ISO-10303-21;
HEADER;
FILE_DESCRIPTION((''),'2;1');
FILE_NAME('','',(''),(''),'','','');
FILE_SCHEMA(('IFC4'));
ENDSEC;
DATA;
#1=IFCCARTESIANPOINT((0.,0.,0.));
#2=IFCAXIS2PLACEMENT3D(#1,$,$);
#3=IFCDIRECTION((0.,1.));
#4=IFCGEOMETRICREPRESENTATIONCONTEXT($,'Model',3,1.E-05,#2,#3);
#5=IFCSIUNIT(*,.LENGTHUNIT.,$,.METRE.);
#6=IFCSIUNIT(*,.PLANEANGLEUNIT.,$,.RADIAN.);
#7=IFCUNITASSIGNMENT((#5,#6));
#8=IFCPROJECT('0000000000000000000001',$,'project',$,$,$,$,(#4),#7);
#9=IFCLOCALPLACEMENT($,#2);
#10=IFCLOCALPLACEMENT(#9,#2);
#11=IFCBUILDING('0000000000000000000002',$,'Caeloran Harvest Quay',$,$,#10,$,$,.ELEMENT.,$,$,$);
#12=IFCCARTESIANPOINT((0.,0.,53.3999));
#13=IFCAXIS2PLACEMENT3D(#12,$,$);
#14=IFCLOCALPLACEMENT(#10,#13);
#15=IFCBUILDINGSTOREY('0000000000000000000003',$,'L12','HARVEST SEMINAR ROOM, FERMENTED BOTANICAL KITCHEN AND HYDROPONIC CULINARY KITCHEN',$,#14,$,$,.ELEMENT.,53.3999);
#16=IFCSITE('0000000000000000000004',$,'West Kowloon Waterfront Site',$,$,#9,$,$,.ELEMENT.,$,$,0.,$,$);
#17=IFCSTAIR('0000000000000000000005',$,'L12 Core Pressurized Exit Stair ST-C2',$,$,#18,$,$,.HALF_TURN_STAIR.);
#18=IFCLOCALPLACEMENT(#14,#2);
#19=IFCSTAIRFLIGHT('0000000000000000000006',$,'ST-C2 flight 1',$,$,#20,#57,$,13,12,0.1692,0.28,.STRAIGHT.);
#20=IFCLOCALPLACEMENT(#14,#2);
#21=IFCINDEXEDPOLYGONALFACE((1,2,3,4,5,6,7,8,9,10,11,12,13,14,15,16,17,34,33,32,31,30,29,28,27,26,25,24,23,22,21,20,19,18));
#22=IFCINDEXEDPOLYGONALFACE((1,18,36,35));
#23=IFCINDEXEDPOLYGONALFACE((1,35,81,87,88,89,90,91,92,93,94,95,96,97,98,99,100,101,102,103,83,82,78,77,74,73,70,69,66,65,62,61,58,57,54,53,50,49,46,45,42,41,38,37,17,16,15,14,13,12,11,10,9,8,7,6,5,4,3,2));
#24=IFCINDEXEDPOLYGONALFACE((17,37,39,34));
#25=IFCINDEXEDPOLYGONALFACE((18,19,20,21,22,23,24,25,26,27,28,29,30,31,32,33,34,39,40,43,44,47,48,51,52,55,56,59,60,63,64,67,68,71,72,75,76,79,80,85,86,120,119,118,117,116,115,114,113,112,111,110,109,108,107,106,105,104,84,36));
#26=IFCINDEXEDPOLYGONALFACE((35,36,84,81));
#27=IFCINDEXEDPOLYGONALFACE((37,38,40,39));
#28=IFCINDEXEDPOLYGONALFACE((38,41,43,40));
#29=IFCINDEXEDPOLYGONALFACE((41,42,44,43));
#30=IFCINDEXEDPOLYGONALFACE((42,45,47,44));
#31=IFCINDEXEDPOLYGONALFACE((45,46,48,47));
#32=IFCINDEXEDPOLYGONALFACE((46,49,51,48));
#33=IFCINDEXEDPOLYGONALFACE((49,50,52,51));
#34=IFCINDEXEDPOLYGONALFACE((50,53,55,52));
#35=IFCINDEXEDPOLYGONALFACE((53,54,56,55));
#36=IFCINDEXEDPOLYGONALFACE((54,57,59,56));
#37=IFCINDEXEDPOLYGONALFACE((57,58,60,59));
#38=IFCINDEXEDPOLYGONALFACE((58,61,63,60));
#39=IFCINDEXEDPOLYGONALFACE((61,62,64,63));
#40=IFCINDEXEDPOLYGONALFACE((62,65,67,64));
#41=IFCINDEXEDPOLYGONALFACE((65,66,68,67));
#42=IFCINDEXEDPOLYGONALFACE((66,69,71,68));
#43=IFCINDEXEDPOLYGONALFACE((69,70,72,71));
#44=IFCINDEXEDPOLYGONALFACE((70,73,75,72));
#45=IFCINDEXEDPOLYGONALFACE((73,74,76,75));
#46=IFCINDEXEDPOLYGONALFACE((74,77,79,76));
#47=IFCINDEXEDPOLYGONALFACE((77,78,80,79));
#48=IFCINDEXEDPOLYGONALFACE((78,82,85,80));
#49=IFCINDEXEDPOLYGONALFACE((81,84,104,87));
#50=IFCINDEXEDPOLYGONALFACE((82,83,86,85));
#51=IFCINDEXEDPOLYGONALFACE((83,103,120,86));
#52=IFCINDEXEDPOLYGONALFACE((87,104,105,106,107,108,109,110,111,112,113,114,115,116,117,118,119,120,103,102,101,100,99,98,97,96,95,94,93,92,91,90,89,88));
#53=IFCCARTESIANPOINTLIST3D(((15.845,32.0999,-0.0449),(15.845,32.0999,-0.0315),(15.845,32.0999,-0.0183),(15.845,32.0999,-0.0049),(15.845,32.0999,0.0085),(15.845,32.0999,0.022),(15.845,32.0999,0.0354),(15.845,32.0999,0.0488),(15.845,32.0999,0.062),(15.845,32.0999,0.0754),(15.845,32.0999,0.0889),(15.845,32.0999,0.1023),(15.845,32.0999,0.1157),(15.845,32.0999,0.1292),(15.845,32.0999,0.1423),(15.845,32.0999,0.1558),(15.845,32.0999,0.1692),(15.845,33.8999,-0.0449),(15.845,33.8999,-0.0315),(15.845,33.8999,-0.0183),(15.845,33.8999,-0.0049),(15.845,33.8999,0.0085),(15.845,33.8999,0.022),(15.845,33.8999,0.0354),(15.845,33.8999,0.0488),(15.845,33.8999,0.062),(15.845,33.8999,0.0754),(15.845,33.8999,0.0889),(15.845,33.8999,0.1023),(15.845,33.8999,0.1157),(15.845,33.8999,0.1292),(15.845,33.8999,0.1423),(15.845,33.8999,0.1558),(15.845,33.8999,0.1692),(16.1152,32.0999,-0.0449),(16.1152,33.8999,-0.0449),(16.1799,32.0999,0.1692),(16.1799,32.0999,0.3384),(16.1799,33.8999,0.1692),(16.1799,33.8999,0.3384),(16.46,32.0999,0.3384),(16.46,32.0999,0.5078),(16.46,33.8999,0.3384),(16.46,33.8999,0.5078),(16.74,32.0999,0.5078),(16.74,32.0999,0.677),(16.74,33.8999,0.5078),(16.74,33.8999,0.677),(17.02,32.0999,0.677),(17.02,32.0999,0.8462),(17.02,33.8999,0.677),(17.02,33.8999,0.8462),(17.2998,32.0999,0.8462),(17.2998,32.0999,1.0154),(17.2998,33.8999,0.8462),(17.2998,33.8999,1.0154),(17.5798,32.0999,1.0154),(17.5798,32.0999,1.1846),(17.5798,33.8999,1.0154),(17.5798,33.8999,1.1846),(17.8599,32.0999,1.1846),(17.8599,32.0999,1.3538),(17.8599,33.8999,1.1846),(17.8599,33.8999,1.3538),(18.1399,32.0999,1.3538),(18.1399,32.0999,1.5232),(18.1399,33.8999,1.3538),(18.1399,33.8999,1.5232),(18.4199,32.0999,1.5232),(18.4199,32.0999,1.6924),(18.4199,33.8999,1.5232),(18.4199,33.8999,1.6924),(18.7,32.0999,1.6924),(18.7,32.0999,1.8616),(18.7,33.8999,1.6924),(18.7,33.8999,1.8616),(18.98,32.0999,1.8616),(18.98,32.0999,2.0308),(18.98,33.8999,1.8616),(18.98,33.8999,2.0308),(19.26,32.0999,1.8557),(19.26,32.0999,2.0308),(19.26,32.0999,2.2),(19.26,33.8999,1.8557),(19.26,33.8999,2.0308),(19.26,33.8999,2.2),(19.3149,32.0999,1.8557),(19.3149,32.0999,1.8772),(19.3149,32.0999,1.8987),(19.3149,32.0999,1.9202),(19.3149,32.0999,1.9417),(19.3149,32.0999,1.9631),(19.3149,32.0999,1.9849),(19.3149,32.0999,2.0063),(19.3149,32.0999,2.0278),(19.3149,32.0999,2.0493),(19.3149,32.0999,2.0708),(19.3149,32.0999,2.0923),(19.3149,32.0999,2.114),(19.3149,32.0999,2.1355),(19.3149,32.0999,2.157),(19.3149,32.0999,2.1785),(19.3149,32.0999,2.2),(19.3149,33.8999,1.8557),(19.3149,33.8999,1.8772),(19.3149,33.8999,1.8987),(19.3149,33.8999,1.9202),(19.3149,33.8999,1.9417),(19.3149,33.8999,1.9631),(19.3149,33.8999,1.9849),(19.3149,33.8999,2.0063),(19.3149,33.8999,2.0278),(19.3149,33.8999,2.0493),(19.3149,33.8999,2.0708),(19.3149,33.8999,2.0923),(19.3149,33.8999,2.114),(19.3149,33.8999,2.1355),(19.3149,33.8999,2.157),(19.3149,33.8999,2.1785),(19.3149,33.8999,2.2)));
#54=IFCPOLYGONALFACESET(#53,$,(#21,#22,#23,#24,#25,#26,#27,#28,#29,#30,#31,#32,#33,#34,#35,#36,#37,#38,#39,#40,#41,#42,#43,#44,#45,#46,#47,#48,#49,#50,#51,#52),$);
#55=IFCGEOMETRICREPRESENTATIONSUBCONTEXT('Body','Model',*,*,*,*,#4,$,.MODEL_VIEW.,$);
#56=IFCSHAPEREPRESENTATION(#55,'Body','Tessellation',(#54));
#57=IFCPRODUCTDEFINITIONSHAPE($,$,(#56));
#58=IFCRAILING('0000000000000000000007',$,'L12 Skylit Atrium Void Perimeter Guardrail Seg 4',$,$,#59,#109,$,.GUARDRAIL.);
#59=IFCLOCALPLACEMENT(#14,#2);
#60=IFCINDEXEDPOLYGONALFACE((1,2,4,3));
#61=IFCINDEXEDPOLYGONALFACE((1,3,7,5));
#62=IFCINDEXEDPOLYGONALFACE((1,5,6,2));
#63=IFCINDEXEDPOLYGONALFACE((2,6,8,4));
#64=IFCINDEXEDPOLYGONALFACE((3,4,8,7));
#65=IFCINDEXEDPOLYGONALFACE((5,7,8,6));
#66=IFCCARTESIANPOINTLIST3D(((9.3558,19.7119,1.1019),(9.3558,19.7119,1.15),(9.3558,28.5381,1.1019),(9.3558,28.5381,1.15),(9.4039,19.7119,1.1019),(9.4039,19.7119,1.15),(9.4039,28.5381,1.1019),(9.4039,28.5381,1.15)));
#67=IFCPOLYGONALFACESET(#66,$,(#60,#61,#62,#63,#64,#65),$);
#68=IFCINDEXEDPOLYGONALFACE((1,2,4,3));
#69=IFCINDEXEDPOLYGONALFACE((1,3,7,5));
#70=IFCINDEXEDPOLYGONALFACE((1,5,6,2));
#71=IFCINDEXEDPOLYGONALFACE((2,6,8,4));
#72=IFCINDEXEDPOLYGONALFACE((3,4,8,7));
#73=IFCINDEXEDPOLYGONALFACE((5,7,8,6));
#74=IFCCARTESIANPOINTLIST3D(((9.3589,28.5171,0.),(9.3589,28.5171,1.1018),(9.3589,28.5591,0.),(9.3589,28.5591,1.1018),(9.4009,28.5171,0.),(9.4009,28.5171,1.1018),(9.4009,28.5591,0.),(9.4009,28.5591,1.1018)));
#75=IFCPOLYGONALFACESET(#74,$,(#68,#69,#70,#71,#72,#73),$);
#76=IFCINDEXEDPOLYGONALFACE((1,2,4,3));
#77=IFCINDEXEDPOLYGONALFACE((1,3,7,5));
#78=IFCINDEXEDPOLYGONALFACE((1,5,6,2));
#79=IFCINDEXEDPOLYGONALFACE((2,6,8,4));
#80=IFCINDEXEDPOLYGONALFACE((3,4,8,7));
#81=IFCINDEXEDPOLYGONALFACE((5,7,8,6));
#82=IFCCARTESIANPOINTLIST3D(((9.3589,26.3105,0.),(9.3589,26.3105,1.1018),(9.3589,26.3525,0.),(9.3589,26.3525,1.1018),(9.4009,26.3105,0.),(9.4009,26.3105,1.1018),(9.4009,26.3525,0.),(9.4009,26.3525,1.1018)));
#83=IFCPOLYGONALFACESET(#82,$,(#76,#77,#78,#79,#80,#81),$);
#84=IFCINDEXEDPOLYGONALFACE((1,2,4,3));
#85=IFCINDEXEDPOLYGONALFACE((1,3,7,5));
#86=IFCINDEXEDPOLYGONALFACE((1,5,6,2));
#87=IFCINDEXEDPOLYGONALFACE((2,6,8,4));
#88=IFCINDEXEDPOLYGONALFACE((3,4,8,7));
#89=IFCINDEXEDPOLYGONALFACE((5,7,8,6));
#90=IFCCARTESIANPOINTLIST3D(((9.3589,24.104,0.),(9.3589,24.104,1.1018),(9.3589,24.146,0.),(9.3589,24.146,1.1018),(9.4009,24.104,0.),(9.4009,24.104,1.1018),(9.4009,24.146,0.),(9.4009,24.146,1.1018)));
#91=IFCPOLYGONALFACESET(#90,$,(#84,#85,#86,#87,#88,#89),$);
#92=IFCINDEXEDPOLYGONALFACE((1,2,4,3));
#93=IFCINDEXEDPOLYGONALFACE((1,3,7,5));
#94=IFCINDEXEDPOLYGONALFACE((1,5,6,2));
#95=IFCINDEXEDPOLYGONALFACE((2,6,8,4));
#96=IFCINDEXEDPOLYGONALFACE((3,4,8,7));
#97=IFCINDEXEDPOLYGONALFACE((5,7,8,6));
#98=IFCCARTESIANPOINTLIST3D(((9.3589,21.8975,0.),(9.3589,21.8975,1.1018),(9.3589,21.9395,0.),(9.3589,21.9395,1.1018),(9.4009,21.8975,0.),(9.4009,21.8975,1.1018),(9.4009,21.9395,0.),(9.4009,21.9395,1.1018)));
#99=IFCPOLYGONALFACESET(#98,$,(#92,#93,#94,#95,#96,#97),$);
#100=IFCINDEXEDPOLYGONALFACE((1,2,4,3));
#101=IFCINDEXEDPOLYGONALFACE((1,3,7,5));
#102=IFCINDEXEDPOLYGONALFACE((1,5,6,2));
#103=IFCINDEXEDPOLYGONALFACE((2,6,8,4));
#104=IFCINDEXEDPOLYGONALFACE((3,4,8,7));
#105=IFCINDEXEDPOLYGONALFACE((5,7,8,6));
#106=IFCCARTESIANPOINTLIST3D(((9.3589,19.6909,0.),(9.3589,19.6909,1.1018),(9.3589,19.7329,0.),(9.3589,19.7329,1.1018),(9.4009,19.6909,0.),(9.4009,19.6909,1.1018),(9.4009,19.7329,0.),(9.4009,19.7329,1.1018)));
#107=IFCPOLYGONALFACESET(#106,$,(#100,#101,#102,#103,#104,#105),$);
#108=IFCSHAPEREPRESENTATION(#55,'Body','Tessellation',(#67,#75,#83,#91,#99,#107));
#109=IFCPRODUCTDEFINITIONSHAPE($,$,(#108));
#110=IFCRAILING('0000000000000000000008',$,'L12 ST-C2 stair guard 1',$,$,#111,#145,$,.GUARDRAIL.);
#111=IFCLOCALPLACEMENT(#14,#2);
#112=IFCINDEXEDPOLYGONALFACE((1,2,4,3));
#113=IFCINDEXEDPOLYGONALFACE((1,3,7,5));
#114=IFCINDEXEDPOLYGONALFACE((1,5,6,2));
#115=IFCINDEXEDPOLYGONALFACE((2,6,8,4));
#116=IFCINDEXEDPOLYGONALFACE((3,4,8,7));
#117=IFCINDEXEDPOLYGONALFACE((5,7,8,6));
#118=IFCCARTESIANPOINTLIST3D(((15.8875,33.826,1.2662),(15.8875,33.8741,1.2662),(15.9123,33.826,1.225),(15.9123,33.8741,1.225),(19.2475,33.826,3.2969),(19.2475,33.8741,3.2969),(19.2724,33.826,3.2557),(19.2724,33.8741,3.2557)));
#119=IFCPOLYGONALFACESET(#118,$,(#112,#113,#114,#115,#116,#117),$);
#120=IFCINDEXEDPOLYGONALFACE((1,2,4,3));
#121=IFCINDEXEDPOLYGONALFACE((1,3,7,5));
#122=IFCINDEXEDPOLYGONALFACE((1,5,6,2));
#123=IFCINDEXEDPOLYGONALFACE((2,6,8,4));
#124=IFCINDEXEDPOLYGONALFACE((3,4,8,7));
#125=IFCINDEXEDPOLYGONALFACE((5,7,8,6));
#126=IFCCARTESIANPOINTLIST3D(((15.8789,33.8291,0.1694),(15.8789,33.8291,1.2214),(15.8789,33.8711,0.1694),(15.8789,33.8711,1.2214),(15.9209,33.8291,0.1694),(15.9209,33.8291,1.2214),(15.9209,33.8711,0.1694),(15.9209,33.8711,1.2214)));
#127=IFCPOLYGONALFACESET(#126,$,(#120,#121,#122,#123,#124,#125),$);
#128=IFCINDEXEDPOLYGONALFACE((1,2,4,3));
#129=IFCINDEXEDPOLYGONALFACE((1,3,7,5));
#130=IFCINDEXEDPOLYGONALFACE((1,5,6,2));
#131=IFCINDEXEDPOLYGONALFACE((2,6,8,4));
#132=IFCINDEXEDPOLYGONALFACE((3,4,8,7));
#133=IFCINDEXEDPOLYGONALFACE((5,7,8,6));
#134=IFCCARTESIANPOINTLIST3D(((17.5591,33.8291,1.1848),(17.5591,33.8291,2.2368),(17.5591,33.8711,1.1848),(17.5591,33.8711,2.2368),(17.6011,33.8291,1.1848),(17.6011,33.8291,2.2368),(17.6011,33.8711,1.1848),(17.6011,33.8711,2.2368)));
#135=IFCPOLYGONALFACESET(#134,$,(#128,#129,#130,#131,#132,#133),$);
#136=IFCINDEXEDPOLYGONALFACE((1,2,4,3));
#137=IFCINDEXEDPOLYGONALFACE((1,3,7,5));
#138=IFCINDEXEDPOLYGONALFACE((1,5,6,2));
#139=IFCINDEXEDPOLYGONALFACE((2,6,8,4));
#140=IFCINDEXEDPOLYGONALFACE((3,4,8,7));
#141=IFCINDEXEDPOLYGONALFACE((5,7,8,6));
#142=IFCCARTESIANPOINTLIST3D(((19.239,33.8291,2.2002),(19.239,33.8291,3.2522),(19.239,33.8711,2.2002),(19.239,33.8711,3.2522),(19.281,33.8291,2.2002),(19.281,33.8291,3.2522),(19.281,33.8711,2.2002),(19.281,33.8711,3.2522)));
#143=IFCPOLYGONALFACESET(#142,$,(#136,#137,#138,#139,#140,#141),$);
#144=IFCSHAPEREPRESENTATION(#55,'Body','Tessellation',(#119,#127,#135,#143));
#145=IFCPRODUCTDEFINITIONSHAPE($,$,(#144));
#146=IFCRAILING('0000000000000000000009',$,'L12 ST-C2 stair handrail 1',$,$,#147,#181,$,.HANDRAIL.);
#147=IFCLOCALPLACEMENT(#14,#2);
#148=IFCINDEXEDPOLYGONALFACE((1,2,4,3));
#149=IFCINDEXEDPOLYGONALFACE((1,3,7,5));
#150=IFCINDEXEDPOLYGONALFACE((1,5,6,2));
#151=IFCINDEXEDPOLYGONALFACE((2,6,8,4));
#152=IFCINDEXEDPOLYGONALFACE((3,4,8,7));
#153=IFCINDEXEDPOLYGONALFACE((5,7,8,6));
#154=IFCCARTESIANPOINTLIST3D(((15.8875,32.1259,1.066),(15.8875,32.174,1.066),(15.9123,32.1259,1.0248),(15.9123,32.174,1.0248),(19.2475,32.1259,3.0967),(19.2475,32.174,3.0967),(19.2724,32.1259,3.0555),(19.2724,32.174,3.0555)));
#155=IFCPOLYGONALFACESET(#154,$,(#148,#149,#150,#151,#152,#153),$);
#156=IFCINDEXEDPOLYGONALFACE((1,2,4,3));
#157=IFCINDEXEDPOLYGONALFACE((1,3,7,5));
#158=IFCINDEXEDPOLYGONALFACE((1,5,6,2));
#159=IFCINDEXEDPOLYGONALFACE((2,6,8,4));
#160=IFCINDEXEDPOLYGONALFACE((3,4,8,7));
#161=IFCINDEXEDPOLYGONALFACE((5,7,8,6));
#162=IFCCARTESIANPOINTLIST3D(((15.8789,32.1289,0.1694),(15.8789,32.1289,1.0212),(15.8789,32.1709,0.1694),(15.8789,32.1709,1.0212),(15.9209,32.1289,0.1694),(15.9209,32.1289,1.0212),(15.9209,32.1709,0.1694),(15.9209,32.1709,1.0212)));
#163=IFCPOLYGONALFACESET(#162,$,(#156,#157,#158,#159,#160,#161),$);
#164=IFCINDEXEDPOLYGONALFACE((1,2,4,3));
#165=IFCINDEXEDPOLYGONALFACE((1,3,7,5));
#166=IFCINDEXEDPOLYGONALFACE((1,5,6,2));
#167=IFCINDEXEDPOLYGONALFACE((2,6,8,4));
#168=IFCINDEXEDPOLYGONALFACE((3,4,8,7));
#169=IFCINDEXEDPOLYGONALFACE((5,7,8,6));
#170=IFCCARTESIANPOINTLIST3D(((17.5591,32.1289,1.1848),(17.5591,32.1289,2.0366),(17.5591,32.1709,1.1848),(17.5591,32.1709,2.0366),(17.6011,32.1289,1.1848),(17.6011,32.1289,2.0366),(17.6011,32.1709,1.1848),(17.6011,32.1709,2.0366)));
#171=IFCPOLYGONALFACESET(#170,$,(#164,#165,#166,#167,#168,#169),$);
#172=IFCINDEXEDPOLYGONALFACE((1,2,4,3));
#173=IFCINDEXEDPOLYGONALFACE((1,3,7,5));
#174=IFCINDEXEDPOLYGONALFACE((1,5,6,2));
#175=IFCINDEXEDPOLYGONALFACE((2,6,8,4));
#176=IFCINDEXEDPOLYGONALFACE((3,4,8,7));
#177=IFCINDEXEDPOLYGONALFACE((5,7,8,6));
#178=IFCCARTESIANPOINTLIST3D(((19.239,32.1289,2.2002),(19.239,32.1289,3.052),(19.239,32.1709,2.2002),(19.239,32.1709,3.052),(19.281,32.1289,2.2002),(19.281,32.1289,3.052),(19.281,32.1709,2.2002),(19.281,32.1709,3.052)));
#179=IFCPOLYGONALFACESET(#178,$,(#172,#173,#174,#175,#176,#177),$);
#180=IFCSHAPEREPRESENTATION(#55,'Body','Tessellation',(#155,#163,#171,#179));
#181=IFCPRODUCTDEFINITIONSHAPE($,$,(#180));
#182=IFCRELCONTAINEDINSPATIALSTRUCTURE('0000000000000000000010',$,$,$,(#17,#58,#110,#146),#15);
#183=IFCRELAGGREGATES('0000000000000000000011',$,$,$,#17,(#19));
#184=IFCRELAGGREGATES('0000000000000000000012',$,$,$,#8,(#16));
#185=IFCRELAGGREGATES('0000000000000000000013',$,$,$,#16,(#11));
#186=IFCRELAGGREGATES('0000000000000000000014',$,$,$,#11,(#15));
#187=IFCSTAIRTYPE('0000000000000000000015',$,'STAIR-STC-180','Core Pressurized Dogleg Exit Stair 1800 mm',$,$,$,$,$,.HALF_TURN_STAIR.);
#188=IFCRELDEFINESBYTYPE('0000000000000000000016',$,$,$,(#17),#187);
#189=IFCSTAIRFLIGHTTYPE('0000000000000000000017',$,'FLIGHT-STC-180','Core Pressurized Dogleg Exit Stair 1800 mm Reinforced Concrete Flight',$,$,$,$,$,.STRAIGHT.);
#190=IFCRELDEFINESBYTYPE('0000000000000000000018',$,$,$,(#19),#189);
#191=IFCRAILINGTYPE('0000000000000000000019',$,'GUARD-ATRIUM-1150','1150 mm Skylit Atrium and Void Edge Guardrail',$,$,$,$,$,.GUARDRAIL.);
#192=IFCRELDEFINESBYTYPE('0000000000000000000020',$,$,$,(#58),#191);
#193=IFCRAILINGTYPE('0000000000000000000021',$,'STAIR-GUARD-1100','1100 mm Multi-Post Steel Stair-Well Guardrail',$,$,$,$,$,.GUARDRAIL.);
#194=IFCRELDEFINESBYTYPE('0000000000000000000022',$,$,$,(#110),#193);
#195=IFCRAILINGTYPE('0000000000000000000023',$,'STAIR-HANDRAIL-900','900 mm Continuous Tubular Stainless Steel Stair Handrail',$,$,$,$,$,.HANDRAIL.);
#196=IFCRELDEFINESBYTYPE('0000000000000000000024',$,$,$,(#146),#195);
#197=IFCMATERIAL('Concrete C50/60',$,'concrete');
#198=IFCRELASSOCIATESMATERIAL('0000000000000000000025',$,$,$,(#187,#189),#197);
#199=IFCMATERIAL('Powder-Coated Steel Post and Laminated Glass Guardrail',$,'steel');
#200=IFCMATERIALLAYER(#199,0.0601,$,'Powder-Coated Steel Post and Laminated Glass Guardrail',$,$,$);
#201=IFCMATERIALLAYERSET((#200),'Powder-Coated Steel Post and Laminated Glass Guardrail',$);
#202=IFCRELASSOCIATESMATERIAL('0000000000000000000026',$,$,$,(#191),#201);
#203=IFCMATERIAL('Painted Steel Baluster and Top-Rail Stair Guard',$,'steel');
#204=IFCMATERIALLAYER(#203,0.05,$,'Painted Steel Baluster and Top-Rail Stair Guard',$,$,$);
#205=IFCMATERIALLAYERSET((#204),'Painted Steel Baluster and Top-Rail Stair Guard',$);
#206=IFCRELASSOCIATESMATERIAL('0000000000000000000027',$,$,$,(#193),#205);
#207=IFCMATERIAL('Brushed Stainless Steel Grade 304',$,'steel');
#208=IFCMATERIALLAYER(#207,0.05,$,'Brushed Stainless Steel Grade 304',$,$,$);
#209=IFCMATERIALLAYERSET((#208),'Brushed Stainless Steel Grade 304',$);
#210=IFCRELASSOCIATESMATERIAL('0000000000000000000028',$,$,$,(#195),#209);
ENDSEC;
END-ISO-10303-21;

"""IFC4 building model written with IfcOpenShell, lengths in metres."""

from ifc_helpers import new_model, si_unit, direction, frame, origin, origin_2d, place, context, subcontext, project, spatial, polyline, rectangle, outline, extrude, material, layer, layer_set, type_object, element, aggregate, save


model = new_model("IFC4")

# Units and contexts
model_context = context("Model", 3, precision=1e-05, world=origin(), true_north=direction((0.0, 1.0)))
body_context = subcontext(model_context, "Body", "Model", "MODEL_VIEW")
ifc_project = project(units=[si_unit("LENGTHUNIT", "METRE"), si_unit("PLANEANGLEUNIT", "RADIAN")], contexts=[model_context])

# Site, building, storey
site_placement = place(None, origin())
site = spatial("IfcSite", under=ifc_project, at=site_placement, Name="West Kowloon Waterfront Site", CompositionType="ELEMENT", RefElevation=0.0)
building_placement = place(site_placement, origin())
building = spatial("IfcBuilding", under=site, at=building_placement, Name="Caeloran Harvest Quay", CompositionType="ELEMENT")
storey_placement = place(building_placement, frame((0.0, 0.0, 53.3999)))
storey = spatial("IfcBuildingStorey", under=building, at=storey_placement, Name="L12", Description="HARVEST SEMINAR ROOM, FERMENTED BOTANICAL KITCHEN AND HYDROPONIC CULINARY KITCHEN", CompositionType="ELEMENT", Elevation=53.3999)

# Shared definitions
ifc_material_1 = material(Name="Concrete C50/60", Category="concrete")

# Stair, stair flight
stair_type = type_object("IfcStairType", Name="STAIR-STC-180", Description="Core Pressurized Dogleg Exit Stair 1800 mm", PredefinedType="HALF_TURN_STAIR", material=ifc_material_1)
stair_placement = place(storey_placement, origin())
stair = element("IfcStair", 1, at=stair_placement, inside=storey, type_object=stair_type, Name="L12 Core Pressurized Exit Stair ST-C2", PredefinedType="HALF_TURN_STAIR")
stair_flight_type = type_object("IfcStairFlightType", Name="FLIGHT-STC-180", Description="Core Pressurized Dogleg Exit Stair 1800 mm Reinforced Concrete Flight", PredefinedType="STRAIGHT", material=ifc_material_1)
stair_flight_placement = place(storey_placement, frame((15.8999, 33.0, 0.0), z_axis=(0.0, 0.0, 1.0), x_axis=(1.0, 0.0, 0.0)))
stair_flight = element("IfcStairFlight", 2, at=stair_flight_placement, type_object=stair_flight_type, Name="ST-C2 flight 1", NumberOfRisers=13, NumberOfTreads=12, PredefinedType="STRAIGHT", RiserHeight=0.1692, TreadLength=0.28, context=body_context, shape_type="SweptSolid", body=[
    extrude(outline(polyline([(-0.0549, -0.0449), (-0.0549, -0.0315), (-0.0549, -0.0183), (-0.0549, -0.0049), (-0.0549, 0.0085), (-0.0549, 0.022), (-0.0549, 0.0354), (-0.0549, 0.0488), (-0.0549, 0.062), (-0.0549, 0.0754), (-0.0549, 0.0889), (-0.0549, 0.1023), (-0.0549, 0.1157), (-0.0549, 0.1292), (-0.0549, 0.1423), (-0.0549, 0.1558), (-0.0549, 0.1692), (0.28, 0.1692), (0.28, 0.3384), (0.5601, 0.3384), (0.5601, 0.5078), (0.8401, 0.5078), (0.8401, 0.677), (1.1201, 0.677), (1.1201, 0.8462), (1.3999, 0.8462), (1.3999, 1.0154), (1.6799, 1.0154), (1.6799, 1.1846), (1.96, 1.1846), (1.96, 1.3538), (2.24, 1.3538), (2.24, 1.5232), (2.52, 1.5232), (2.52, 1.6924), (2.8, 1.6924), (2.8, 1.8616), (3.0801, 1.8616), (3.0801, 2.0308), (3.3601, 2.0308), (3.3601, 2.2), (3.415, 2.2), (3.415, 2.1785), (3.415, 2.157), (3.415, 2.1355), (3.415, 2.114), (3.415, 2.0923), (3.415, 2.0708), (3.415, 2.0493), (3.415, 2.0278), (3.415, 2.0063), (3.415, 1.9849), (3.415, 1.9631), (3.415, 1.9417), (3.415, 1.9202), (3.415, 1.8987), (3.415, 1.8772), (3.415, 1.8557), (3.3601, 1.8557), (0.2153, -0.0449), (-0.0549, -0.0449)])), frame((0.0, 0.8999, 0.0), z_axis=(0.0, -1.0, 0.0), x_axis=(1.0, 0.0, 0.0)), (0.0, 0.0, 1.0), 1.8),
])
aggregate(stair, [stair_flight])

# Railings
ifc_material_2 = material(Name="Powder-Coated Steel Post and Laminated Glass Guardrail", Category="steel")
ifc_layer_1 = layer(ifc_material_2, 0.0601, Name="Powder-Coated Steel Post and Laminated Glass Guardrail")
ifc_layer_set_1 = layer_set([ifc_layer_1], Name="Powder-Coated Steel Post and Laminated Glass Guardrail")
railing_type_1 = type_object("IfcRailingType", Name="GUARD-ATRIUM-1150", Description="1150 mm Skylit Atrium and Void Edge Guardrail", PredefinedType="GUARDRAIL", material=ifc_layer_set_1)
railing_1_placement = place(storey_placement, frame((9.3799, 28.5381, 0.0)))
element("IfcRailing", 3, at=railing_1_placement, inside=storey, type_object=railing_type_1, Name="L12 Skylit Atrium Void Perimeter Guardrail Seg 4", PredefinedType="GUARDRAIL", context=body_context, shape_type="SweptSolid", body=[
    extrude(rectangle(XDim=0.0481, YDim=0.0481, at=origin_2d()), frame((0.0, 0.0, 1.126), z_axis=(0.0, -1.0, 0.0), x_axis=(1.0, 0.0, 0.0)), (0.0, 0.0, 1.0), 8.8262),
    extrude(rectangle(XDim=0.042, YDim=0.042, at=origin_2d()), origin(), (0.0, 0.0, 1.0), 1.1018),
    extrude(rectangle(XDim=0.042, YDim=0.042, at=origin_2d()), frame((0.0, -2.2065, 0.0)), (0.0, 0.0, 1.0), 1.1018),
    extrude(rectangle(XDim=0.042, YDim=0.042, at=origin_2d()), frame((0.0, -4.4131, 0.0)), (0.0, 0.0, 1.0), 1.1018),
    extrude(rectangle(XDim=0.042, YDim=0.042, at=origin_2d()), frame((0.0, -6.6196, 0.0)), (0.0, 0.0, 1.0), 1.1018),
    extrude(rectangle(XDim=0.042, YDim=0.042, at=origin_2d()), frame((0.0, -8.8262, 0.0)), (0.0, 0.0, 1.0), 1.1018),
])
ifc_material_3 = material(Name="Painted Steel Baluster and Top-Rail Stair Guard", Category="steel")
ifc_layer_2 = layer(ifc_material_3, 0.05, Name="Painted Steel Baluster and Top-Rail Stair Guard")
ifc_layer_set_2 = layer_set([ifc_layer_2], Name="Painted Steel Baluster and Top-Rail Stair Guard")
railing_type_2 = type_object("IfcRailingType", Name="STAIR-GUARD-1100", Description="1100 mm Multi-Post Steel Stair-Well Guardrail", PredefinedType="GUARDRAIL", material=ifc_layer_set_2)
railing_2_placement = place(storey_placement, frame((15.8999, 33.8501, 0.1694)))
element("IfcRailing", 4, at=railing_2_placement, inside=storey, type_object=railing_type_2, Name="L12 ST-C2 stair guard 1", PredefinedType="GUARDRAIL", context=body_context, shape_type="SweptSolid", body=[
    extrude(rectangle(XDim=0.0481, YDim=0.0481, at=origin_2d()), frame((0.0, 0.0, 1.0762), z_axis=(0.855837, 0.0, 0.517246), x_axis=(0.0, 1.0, 0.0)), (0.0, 0.0, 1.0), 3.926),
    extrude(rectangle(XDim=0.042, YDim=0.042, at=origin_2d()), origin(), (0.0, 0.0, 1.0), 1.052),
    extrude(rectangle(XDim=0.042, YDim=0.042, at=origin_2d()), frame((1.6802, 0.0, 1.0154)), (0.0, 0.0, 1.0), 1.052),
    extrude(rectangle(XDim=0.042, YDim=0.042, at=origin_2d()), frame((3.3601, 0.0, 2.0308)), (0.0, 0.0, 1.0), 1.052),
])
ifc_material_4 = material(Name="Brushed Stainless Steel Grade 304", Category="steel")
ifc_layer_3 = layer(ifc_material_4, 0.05, Name="Brushed Stainless Steel Grade 304")
ifc_layer_set_3 = layer_set([ifc_layer_3], Name="Brushed Stainless Steel Grade 304")
railing_type_3 = type_object("IfcRailingType", Name="STAIR-HANDRAIL-900", Description="900 mm Continuous Tubular Stainless Steel Stair Handrail", PredefinedType="HANDRAIL", material=ifc_layer_set_3)
railing_3_placement = place(storey_placement, frame((15.8999, 32.1499, 0.1694)))
element("IfcRailing", 5, at=railing_3_placement, inside=storey, type_object=railing_type_3, Name="L12 ST-C2 stair handrail 1", PredefinedType="HANDRAIL", context=body_context, shape_type="SweptSolid", body=[
    extrude(rectangle(XDim=0.0481, YDim=0.0481, at=origin_2d()), frame((0.0, 0.0, 0.876), z_axis=(0.855837, 0.0, 0.517246), x_axis=(0.0, 1.0, 0.0)), (0.0, 0.0, 1.0), 3.926),
    extrude(rectangle(XDim=0.042, YDim=0.042, at=origin_2d()), origin(), (0.0, 0.0, 1.0), 0.8518),
    extrude(rectangle(XDim=0.042, YDim=0.042, at=origin_2d()), frame((1.6802, 0.0, 1.0154)), (0.0, 0.0, 1.0), 0.8518),
    extrude(rectangle(XDim=0.042, YDim=0.042, at=origin_2d()), frame((3.3601, 0.0, 2.0308)), (0.0, 0.0, 1.0), 0.8518),
])

save(model, "model.ifc")
